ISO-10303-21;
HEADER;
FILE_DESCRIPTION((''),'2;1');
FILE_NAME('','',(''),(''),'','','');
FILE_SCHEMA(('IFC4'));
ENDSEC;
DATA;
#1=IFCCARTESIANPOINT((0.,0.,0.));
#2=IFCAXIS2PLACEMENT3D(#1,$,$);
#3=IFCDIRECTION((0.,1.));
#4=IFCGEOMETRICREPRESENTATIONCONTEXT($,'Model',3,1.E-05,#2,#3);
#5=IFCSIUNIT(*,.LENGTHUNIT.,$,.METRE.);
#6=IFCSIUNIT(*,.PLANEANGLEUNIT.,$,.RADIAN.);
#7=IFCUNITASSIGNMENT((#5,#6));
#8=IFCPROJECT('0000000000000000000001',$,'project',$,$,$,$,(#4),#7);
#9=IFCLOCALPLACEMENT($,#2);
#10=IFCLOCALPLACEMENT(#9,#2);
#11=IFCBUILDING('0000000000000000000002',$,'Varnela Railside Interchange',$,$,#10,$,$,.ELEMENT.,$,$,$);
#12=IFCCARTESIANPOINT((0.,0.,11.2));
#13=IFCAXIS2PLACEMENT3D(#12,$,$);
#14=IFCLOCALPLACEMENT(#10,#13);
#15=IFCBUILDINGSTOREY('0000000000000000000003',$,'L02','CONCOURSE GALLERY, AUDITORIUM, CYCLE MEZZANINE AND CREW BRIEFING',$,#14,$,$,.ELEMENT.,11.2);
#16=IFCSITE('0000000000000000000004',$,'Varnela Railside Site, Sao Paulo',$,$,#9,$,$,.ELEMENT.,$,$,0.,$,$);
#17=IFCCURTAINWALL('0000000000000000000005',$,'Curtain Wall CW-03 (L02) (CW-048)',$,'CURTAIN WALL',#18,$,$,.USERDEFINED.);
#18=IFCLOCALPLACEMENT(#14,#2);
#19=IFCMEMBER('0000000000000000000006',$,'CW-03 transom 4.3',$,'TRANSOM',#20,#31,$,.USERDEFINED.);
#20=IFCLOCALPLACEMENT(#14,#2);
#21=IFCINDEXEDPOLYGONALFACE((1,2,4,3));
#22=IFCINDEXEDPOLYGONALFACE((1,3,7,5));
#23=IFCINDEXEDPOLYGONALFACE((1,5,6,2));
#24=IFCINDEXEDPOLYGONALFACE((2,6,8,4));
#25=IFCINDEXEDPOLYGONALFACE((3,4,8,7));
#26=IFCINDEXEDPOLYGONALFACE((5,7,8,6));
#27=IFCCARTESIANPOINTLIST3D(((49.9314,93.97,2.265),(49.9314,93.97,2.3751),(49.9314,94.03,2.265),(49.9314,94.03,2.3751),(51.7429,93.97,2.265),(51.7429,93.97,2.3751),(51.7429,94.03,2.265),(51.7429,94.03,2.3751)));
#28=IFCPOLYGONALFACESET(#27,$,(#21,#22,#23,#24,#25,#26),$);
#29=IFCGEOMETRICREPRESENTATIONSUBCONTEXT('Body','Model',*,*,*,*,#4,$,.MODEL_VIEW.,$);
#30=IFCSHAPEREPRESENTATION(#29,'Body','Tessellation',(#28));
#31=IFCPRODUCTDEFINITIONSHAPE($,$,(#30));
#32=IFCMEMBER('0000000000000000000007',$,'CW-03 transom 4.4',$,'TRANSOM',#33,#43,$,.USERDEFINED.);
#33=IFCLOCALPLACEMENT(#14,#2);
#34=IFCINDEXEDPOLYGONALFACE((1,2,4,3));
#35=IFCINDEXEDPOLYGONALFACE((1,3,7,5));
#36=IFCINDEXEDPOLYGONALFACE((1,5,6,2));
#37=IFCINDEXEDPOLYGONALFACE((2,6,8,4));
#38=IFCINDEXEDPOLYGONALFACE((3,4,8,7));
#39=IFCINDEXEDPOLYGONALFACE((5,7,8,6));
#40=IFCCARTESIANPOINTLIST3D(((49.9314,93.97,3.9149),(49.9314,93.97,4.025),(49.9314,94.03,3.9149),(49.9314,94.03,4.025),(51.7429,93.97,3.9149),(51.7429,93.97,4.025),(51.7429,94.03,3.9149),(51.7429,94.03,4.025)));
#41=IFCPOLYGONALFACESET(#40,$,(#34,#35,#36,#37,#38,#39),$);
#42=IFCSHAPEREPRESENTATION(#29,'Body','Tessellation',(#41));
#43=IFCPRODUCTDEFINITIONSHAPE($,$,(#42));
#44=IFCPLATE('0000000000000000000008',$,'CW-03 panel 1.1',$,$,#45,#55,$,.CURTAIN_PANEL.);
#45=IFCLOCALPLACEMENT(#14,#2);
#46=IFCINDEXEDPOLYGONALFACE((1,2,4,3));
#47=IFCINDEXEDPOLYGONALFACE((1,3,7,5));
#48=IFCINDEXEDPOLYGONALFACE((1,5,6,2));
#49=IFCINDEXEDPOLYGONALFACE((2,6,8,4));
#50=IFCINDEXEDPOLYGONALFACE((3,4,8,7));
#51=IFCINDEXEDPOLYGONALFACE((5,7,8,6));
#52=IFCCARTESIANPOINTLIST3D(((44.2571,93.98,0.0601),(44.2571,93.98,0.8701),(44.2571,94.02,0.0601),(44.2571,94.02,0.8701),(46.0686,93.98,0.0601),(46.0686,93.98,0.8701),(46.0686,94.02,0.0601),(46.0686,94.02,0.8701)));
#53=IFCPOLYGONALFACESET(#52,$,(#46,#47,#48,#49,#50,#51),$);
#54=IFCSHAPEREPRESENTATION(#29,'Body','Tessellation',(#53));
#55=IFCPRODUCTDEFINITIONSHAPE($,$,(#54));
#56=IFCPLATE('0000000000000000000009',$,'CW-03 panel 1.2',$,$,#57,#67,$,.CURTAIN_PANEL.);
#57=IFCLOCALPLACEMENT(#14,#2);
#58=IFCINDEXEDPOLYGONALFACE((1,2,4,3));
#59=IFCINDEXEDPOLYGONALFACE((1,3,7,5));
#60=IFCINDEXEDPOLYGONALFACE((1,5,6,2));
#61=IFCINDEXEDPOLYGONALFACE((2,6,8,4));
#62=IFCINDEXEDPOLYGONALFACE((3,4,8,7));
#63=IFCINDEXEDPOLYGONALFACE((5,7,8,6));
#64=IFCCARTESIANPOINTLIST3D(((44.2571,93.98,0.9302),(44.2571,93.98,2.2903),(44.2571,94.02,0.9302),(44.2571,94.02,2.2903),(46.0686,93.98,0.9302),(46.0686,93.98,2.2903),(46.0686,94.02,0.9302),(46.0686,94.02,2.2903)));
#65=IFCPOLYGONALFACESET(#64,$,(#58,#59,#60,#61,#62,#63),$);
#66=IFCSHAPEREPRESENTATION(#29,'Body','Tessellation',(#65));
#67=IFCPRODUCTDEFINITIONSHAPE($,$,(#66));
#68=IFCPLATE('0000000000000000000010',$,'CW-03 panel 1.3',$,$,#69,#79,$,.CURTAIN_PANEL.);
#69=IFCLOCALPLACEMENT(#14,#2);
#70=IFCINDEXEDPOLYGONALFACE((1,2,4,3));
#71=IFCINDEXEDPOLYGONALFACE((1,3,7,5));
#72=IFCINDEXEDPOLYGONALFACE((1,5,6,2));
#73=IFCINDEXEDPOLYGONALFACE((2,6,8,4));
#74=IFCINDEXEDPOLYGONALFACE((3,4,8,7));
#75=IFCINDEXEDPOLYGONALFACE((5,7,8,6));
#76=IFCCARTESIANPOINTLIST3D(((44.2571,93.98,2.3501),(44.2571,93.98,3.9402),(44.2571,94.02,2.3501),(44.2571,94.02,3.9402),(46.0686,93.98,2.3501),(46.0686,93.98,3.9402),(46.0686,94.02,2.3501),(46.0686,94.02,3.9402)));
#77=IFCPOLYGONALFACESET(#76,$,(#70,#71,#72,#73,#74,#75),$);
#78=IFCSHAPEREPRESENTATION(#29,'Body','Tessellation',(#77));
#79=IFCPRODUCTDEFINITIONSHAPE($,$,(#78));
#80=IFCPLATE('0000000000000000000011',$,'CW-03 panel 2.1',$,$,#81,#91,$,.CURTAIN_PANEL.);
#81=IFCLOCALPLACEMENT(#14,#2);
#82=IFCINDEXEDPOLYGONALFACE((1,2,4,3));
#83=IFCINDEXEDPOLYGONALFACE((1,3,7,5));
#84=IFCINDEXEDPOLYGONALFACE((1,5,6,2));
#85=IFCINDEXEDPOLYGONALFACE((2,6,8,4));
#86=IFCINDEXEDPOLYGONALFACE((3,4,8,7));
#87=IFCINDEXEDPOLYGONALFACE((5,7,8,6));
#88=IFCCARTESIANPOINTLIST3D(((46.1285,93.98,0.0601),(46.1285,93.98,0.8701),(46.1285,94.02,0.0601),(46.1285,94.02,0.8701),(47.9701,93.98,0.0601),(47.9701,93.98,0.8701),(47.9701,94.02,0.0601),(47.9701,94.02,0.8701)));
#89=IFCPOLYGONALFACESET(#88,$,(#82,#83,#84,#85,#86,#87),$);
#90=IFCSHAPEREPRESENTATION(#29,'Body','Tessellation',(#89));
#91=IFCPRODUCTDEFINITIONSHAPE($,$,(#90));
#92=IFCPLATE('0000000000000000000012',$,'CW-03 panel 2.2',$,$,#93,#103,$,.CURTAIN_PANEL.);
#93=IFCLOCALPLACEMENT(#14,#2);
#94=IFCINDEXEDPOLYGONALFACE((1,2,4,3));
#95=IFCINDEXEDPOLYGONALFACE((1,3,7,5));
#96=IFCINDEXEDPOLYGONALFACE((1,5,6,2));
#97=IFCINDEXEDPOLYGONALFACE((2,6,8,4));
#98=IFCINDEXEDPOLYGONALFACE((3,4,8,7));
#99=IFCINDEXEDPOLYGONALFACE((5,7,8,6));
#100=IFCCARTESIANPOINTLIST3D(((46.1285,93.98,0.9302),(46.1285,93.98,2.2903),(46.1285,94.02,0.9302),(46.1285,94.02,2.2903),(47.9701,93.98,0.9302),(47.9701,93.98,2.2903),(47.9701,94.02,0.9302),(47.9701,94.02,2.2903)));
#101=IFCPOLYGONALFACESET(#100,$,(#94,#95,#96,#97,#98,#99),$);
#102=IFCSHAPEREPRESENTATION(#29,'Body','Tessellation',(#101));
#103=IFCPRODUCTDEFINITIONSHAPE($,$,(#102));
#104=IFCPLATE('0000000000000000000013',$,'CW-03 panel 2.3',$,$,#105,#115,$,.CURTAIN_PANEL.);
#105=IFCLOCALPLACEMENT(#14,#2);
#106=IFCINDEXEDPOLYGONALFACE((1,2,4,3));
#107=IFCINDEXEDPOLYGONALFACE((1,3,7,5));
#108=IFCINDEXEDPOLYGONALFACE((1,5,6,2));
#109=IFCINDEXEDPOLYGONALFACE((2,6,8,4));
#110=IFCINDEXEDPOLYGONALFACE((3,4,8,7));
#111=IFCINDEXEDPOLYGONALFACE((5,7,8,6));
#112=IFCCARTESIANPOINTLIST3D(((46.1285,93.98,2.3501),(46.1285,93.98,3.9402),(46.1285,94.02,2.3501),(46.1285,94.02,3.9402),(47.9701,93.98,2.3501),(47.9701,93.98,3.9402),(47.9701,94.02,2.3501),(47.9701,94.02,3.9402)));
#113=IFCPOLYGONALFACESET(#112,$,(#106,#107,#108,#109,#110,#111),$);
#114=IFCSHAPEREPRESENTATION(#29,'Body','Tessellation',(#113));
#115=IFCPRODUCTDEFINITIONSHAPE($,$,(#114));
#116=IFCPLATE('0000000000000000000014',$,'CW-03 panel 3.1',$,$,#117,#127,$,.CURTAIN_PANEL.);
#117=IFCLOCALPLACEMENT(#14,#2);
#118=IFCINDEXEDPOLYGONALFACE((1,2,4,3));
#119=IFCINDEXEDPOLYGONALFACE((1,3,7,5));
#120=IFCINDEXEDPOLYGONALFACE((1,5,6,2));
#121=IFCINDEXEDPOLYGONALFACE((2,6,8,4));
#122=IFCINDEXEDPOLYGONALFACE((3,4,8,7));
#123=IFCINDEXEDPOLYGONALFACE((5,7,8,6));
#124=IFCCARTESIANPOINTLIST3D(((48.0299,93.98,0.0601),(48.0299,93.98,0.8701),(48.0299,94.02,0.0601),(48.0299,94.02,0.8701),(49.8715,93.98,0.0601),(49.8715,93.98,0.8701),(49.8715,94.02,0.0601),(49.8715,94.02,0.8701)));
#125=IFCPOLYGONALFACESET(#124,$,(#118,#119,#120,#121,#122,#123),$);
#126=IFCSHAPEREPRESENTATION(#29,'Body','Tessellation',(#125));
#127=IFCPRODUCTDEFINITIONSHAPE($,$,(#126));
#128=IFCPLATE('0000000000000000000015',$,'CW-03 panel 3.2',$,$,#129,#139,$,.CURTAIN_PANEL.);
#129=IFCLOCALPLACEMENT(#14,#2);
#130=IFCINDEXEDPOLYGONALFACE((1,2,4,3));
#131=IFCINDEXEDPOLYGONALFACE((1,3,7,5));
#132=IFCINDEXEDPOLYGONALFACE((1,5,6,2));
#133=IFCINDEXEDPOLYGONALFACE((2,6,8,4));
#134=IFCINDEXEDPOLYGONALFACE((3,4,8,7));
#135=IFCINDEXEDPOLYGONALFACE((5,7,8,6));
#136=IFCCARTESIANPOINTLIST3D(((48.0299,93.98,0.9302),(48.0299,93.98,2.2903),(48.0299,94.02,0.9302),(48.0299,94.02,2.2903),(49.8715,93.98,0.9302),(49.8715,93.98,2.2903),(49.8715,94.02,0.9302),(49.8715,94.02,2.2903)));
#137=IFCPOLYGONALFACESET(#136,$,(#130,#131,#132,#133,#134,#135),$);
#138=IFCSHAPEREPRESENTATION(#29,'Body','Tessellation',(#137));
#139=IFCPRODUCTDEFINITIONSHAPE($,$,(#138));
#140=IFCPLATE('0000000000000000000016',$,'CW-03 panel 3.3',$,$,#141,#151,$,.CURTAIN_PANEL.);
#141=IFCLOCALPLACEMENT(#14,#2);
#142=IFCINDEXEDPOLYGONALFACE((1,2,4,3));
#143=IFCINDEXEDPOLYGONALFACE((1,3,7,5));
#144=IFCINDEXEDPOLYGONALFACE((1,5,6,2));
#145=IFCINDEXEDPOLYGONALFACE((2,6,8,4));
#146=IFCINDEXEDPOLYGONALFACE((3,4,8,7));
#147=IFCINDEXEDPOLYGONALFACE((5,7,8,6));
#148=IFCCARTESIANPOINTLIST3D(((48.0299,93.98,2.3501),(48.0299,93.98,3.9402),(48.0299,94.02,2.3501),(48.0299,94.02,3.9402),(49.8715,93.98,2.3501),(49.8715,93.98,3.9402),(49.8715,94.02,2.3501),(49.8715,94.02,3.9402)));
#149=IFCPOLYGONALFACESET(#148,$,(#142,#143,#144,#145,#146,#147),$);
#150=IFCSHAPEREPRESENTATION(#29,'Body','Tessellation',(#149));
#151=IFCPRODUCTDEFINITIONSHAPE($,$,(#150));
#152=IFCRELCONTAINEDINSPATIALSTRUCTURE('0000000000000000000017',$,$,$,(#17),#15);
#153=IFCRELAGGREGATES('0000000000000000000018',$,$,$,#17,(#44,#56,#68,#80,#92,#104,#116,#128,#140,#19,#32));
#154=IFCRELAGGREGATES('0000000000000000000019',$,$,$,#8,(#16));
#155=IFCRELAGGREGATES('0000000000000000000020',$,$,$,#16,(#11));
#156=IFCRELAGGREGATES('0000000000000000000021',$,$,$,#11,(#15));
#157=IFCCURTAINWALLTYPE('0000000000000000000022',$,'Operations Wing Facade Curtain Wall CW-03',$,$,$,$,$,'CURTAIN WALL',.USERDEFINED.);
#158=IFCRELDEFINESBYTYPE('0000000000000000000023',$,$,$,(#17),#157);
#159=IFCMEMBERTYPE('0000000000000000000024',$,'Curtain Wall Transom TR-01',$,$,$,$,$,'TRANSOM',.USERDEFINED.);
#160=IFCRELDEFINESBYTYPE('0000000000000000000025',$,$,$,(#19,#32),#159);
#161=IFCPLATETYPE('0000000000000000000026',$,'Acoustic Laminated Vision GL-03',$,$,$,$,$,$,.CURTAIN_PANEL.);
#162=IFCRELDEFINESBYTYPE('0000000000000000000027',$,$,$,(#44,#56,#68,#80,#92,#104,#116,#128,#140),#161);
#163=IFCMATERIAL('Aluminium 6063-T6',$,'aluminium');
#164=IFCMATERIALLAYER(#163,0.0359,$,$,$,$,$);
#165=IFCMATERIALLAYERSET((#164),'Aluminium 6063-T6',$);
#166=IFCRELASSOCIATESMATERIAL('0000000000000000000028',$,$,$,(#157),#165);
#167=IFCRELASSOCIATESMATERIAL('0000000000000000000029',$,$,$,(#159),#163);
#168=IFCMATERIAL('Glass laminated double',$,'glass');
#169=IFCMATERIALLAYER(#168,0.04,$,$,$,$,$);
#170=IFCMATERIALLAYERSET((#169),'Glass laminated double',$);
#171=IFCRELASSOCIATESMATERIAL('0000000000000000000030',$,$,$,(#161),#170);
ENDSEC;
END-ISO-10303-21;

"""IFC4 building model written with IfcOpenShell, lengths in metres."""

from ifc_helpers import new_model, si_unit, direction, frame, origin, origin_2d, place, context, subcontext, project, spatial, rectangle, extrude, material, layer, layer_set, material_profile, profile_set, type_object, element, aggregate, save


model = new_model("IFC4")

# Units and contexts
model_context = context("Model", 3, precision=1e-05, world=origin(), true_north=direction((0.0, 1.0)))
body_context = subcontext(model_context, "Body", "Model", "MODEL_VIEW")
ifc_project = project(units=[si_unit("LENGTHUNIT", "METRE"), si_unit("PLANEANGLEUNIT", "RADIAN")], contexts=[model_context])

# Site, building, storey
site_placement = place(None, origin())
site = spatial("IfcSite", under=ifc_project, at=site_placement, Name="Varnela Railside Site, Sao Paulo", CompositionType="ELEMENT", RefElevation=0.0)
building_placement = place(site_placement, origin())
building = spatial("IfcBuilding", under=site, at=building_placement, Name="Varnela Railside Interchange", CompositionType="ELEMENT")
storey_placement = place(building_placement, frame((0.0, 0.0, 11.2)))
storey = spatial("IfcBuildingStorey", under=building, at=storey_placement, Name="L02", Description="CONCOURSE GALLERY, AUDITORIUM, CYCLE MEZZANINE AND CREW BRIEFING", CompositionType="ELEMENT", Elevation=11.2)

# Curtain wall, members, plates
ifc_material_1 = material(Name="Aluminium 6063-T6", Category="aluminium")
ifc_layer_1 = layer(ifc_material_1, 0.0359)
ifc_layer_set_1 = layer_set([ifc_layer_1], Name="Aluminium 6063-T6")
curtain_wall_type = type_object("IfcCurtainWallType", Name="Operations Wing Facade Curtain Wall CW-03", ElementType="CURTAIN WALL", PredefinedType="USERDEFINED", material=ifc_layer_set_1)
curtain_wall_placement = place(storey_placement, origin())
curtain_wall = element("IfcCurtainWall", 1, at=curtain_wall_placement, inside=storey, type_object=curtain_wall_type, Name="Curtain Wall CW-03 (L02) (CW-048)", ObjectType="CURTAIN WALL", PredefinedType="USERDEFINED")
ifc_material_profile_1 = material_profile(ifc_material_1, rectangle(XDim=0.0601, YDim=0.1101, at=origin_2d()), Name="ALU 60x110")
ifc_profile_set_1 = profile_set([ifc_material_profile_1], Name="Aluminium 6063-T6")
member_type_1 = type_object("IfcMemberType", Name="Curtain Wall Transom TR-01", ElementType="TRANSOM", PredefinedType="USERDEFINED", material=ifc_profile_set_1)
member_1_placement = place(storey_placement, frame((49.9314, 94.0, 2.3201), z_axis=(1.0, 0.0, 0.0), x_axis=(0.0, 1.0, 0.0)))
member_1 = element("IfcMember", 2, at=member_1_placement, type_object=member_type_1, Name="CW-03 transom 4.3", ObjectType="TRANSOM", PredefinedType="USERDEFINED", context=body_context, shape_type="SweptSolid", body=[
    extrude(rectangle(XDim=0.0601, YDim=0.1101, at=origin_2d()), origin(), (0.0, 0.0, 1.0), 1.8115),
])
member_2_placement = place(storey_placement, frame((49.9314, 94.0, 3.97), z_axis=(1.0, 0.0, 0.0), x_axis=(0.0, 1.0, 0.0)))
member_2 = element("IfcMember", 3, at=member_2_placement, type_object=member_type_1, Name="CW-03 transom 4.4", ObjectType="TRANSOM", PredefinedType="USERDEFINED", context=body_context, shape_type="SweptSolid", body=[
    extrude(rectangle(XDim=0.0601, YDim=0.1101, at=origin_2d()), origin(), (0.0, 0.0, 1.0), 1.8115),
])
ifc_material_2 = material(Name="Glass laminated double", Category="glass")
ifc_layer_2 = layer(ifc_material_2, 0.04)
ifc_layer_set_2 = layer_set([ifc_layer_2], Name="Glass laminated double")
plate_type = type_object("IfcPlateType", Name="Acoustic Laminated Vision GL-03", PredefinedType="CURTAIN_PANEL", material=ifc_layer_set_2)
plate_1_placement = place(storey_placement, frame((45.1628, 94.0, 0.0601), z_axis=(0.0, 0.0, 1.0), x_axis=(1.0, 0.0, 0.0)))
plate_1 = element("IfcPlate", 4, at=plate_1_placement, type_object=plate_type, Name="CW-03 panel 1.1", PredefinedType="CURTAIN_PANEL", context=body_context, shape_type="SweptSolid", body=[
    extrude(rectangle(XDim=1.8115, YDim=0.04, at=origin_2d()), origin(), (0.0, 0.0, 1.0), 0.8101),
])
plate_2_placement = place(storey_placement, frame((45.1628, 94.0, 0.9302), z_axis=(0.0, 0.0, 1.0), x_axis=(1.0, 0.0, 0.0)))
plate_2 = element("IfcPlate", 5, at=plate_2_placement, type_object=plate_type, Name="CW-03 panel 1.2", PredefinedType="CURTAIN_PANEL", context=body_context, shape_type="SweptSolid", body=[
    extrude(rectangle(XDim=1.8115, YDim=0.04, at=origin_2d()), origin(), (0.0, 0.0, 1.0), 1.3601),
])
plate_3_placement = place(storey_placement, frame((45.1628, 94.0, 2.3501), z_axis=(0.0, 0.0, 1.0), x_axis=(1.0, 0.0, 0.0)))
plate_3 = element("IfcPlate", 6, at=plate_3_placement, type_object=plate_type, Name="CW-03 panel 1.3", PredefinedType="CURTAIN_PANEL", context=body_context, shape_type="SweptSolid", body=[
    extrude(rectangle(XDim=1.8115, YDim=0.04, at=origin_2d()), origin(), (0.0, 0.0, 1.0), 1.5901),
])
plate_4_placement = place(storey_placement, frame((47.0493, 94.0, 0.0601), z_axis=(0.0, 0.0, 1.0), x_axis=(1.0, 0.0, 0.0)))
plate_4 = element("IfcPlate", 7, at=plate_4_placement, type_object=plate_type, Name="CW-03 panel 2.1", PredefinedType="CURTAIN_PANEL", context=body_context, shape_type="SweptSolid", body=[
    extrude(rectangle(XDim=1.8416, YDim=0.04, at=origin_2d()), origin(), (0.0, 0.0, 1.0), 0.8101),
])
plate_5_placement = place(storey_placement, frame((47.0493, 94.0, 0.9302), z_axis=(0.0, 0.0, 1.0), x_axis=(1.0, 0.0, 0.0)))
plate_5 = element("IfcPlate", 8, at=plate_5_placement, type_object=plate_type, Name="CW-03 panel 2.2", PredefinedType="CURTAIN_PANEL", context=body_context, shape_type="SweptSolid", body=[
    extrude(rectangle(XDim=1.8416, YDim=0.04, at=origin_2d()), origin(), (0.0, 0.0, 1.0), 1.3601),
])
plate_6_placement = place(storey_placement, frame((47.0493, 94.0, 2.3501), z_axis=(0.0, 0.0, 1.0), x_axis=(1.0, 0.0, 0.0)))
plate_6 = element("IfcPlate", 9, at=plate_6_placement, type_object=plate_type, Name="CW-03 panel 2.3", PredefinedType="CURTAIN_PANEL", context=body_context, shape_type="SweptSolid", body=[
    extrude(rectangle(XDim=1.8416, YDim=0.04, at=origin_2d()), origin(), (0.0, 0.0, 1.0), 1.5901),
])
plate_7_placement = place(storey_placement, frame((48.9507, 94.0, 0.0601), z_axis=(0.0, 0.0, 1.0), x_axis=(1.0, 0.0, 0.0)))
plate_7 = element("IfcPlate", 10, at=plate_7_placement, type_object=plate_type, Name="CW-03 panel 3.1", PredefinedType="CURTAIN_PANEL", context=body_context, shape_type="SweptSolid", body=[
    extrude(rectangle(XDim=1.8416, YDim=0.04, at=origin_2d()), origin(), (0.0, 0.0, 1.0), 0.8101),
])
plate_8_placement = place(storey_placement, frame((48.9507, 94.0, 0.9302), z_axis=(0.0, 0.0, 1.0), x_axis=(1.0, 0.0, 0.0)))
plate_8 = element("IfcPlate", 11, at=plate_8_placement, type_object=plate_type, Name="CW-03 panel 3.2", PredefinedType="CURTAIN_PANEL", context=body_context, shape_type="SweptSolid", body=[
    extrude(rectangle(XDim=1.8416, YDim=0.04, at=origin_2d()), origin(), (0.0, 0.0, 1.0), 1.3601),
])
plate_9_placement = place(storey_placement, frame((48.9507, 94.0, 2.3501), z_axis=(0.0, 0.0, 1.0), x_axis=(1.0, 0.0, 0.0)))
plate_9 = element("IfcPlate", 12, at=plate_9_placement, type_object=plate_type, Name="CW-03 panel 3.3", PredefinedType="CURTAIN_PANEL", context=body_context, shape_type="SweptSolid", body=[
    extrude(rectangle(XDim=1.8416, YDim=0.04, at=origin_2d()), origin(), (0.0, 0.0, 1.0), 1.5901),
])
aggregate(curtain_wall, [plate_1, plate_2, plate_3, plate_4, plate_5, plate_6, plate_7, plate_8, plate_9, member_1, member_2])

save(model, "model.ifc")
